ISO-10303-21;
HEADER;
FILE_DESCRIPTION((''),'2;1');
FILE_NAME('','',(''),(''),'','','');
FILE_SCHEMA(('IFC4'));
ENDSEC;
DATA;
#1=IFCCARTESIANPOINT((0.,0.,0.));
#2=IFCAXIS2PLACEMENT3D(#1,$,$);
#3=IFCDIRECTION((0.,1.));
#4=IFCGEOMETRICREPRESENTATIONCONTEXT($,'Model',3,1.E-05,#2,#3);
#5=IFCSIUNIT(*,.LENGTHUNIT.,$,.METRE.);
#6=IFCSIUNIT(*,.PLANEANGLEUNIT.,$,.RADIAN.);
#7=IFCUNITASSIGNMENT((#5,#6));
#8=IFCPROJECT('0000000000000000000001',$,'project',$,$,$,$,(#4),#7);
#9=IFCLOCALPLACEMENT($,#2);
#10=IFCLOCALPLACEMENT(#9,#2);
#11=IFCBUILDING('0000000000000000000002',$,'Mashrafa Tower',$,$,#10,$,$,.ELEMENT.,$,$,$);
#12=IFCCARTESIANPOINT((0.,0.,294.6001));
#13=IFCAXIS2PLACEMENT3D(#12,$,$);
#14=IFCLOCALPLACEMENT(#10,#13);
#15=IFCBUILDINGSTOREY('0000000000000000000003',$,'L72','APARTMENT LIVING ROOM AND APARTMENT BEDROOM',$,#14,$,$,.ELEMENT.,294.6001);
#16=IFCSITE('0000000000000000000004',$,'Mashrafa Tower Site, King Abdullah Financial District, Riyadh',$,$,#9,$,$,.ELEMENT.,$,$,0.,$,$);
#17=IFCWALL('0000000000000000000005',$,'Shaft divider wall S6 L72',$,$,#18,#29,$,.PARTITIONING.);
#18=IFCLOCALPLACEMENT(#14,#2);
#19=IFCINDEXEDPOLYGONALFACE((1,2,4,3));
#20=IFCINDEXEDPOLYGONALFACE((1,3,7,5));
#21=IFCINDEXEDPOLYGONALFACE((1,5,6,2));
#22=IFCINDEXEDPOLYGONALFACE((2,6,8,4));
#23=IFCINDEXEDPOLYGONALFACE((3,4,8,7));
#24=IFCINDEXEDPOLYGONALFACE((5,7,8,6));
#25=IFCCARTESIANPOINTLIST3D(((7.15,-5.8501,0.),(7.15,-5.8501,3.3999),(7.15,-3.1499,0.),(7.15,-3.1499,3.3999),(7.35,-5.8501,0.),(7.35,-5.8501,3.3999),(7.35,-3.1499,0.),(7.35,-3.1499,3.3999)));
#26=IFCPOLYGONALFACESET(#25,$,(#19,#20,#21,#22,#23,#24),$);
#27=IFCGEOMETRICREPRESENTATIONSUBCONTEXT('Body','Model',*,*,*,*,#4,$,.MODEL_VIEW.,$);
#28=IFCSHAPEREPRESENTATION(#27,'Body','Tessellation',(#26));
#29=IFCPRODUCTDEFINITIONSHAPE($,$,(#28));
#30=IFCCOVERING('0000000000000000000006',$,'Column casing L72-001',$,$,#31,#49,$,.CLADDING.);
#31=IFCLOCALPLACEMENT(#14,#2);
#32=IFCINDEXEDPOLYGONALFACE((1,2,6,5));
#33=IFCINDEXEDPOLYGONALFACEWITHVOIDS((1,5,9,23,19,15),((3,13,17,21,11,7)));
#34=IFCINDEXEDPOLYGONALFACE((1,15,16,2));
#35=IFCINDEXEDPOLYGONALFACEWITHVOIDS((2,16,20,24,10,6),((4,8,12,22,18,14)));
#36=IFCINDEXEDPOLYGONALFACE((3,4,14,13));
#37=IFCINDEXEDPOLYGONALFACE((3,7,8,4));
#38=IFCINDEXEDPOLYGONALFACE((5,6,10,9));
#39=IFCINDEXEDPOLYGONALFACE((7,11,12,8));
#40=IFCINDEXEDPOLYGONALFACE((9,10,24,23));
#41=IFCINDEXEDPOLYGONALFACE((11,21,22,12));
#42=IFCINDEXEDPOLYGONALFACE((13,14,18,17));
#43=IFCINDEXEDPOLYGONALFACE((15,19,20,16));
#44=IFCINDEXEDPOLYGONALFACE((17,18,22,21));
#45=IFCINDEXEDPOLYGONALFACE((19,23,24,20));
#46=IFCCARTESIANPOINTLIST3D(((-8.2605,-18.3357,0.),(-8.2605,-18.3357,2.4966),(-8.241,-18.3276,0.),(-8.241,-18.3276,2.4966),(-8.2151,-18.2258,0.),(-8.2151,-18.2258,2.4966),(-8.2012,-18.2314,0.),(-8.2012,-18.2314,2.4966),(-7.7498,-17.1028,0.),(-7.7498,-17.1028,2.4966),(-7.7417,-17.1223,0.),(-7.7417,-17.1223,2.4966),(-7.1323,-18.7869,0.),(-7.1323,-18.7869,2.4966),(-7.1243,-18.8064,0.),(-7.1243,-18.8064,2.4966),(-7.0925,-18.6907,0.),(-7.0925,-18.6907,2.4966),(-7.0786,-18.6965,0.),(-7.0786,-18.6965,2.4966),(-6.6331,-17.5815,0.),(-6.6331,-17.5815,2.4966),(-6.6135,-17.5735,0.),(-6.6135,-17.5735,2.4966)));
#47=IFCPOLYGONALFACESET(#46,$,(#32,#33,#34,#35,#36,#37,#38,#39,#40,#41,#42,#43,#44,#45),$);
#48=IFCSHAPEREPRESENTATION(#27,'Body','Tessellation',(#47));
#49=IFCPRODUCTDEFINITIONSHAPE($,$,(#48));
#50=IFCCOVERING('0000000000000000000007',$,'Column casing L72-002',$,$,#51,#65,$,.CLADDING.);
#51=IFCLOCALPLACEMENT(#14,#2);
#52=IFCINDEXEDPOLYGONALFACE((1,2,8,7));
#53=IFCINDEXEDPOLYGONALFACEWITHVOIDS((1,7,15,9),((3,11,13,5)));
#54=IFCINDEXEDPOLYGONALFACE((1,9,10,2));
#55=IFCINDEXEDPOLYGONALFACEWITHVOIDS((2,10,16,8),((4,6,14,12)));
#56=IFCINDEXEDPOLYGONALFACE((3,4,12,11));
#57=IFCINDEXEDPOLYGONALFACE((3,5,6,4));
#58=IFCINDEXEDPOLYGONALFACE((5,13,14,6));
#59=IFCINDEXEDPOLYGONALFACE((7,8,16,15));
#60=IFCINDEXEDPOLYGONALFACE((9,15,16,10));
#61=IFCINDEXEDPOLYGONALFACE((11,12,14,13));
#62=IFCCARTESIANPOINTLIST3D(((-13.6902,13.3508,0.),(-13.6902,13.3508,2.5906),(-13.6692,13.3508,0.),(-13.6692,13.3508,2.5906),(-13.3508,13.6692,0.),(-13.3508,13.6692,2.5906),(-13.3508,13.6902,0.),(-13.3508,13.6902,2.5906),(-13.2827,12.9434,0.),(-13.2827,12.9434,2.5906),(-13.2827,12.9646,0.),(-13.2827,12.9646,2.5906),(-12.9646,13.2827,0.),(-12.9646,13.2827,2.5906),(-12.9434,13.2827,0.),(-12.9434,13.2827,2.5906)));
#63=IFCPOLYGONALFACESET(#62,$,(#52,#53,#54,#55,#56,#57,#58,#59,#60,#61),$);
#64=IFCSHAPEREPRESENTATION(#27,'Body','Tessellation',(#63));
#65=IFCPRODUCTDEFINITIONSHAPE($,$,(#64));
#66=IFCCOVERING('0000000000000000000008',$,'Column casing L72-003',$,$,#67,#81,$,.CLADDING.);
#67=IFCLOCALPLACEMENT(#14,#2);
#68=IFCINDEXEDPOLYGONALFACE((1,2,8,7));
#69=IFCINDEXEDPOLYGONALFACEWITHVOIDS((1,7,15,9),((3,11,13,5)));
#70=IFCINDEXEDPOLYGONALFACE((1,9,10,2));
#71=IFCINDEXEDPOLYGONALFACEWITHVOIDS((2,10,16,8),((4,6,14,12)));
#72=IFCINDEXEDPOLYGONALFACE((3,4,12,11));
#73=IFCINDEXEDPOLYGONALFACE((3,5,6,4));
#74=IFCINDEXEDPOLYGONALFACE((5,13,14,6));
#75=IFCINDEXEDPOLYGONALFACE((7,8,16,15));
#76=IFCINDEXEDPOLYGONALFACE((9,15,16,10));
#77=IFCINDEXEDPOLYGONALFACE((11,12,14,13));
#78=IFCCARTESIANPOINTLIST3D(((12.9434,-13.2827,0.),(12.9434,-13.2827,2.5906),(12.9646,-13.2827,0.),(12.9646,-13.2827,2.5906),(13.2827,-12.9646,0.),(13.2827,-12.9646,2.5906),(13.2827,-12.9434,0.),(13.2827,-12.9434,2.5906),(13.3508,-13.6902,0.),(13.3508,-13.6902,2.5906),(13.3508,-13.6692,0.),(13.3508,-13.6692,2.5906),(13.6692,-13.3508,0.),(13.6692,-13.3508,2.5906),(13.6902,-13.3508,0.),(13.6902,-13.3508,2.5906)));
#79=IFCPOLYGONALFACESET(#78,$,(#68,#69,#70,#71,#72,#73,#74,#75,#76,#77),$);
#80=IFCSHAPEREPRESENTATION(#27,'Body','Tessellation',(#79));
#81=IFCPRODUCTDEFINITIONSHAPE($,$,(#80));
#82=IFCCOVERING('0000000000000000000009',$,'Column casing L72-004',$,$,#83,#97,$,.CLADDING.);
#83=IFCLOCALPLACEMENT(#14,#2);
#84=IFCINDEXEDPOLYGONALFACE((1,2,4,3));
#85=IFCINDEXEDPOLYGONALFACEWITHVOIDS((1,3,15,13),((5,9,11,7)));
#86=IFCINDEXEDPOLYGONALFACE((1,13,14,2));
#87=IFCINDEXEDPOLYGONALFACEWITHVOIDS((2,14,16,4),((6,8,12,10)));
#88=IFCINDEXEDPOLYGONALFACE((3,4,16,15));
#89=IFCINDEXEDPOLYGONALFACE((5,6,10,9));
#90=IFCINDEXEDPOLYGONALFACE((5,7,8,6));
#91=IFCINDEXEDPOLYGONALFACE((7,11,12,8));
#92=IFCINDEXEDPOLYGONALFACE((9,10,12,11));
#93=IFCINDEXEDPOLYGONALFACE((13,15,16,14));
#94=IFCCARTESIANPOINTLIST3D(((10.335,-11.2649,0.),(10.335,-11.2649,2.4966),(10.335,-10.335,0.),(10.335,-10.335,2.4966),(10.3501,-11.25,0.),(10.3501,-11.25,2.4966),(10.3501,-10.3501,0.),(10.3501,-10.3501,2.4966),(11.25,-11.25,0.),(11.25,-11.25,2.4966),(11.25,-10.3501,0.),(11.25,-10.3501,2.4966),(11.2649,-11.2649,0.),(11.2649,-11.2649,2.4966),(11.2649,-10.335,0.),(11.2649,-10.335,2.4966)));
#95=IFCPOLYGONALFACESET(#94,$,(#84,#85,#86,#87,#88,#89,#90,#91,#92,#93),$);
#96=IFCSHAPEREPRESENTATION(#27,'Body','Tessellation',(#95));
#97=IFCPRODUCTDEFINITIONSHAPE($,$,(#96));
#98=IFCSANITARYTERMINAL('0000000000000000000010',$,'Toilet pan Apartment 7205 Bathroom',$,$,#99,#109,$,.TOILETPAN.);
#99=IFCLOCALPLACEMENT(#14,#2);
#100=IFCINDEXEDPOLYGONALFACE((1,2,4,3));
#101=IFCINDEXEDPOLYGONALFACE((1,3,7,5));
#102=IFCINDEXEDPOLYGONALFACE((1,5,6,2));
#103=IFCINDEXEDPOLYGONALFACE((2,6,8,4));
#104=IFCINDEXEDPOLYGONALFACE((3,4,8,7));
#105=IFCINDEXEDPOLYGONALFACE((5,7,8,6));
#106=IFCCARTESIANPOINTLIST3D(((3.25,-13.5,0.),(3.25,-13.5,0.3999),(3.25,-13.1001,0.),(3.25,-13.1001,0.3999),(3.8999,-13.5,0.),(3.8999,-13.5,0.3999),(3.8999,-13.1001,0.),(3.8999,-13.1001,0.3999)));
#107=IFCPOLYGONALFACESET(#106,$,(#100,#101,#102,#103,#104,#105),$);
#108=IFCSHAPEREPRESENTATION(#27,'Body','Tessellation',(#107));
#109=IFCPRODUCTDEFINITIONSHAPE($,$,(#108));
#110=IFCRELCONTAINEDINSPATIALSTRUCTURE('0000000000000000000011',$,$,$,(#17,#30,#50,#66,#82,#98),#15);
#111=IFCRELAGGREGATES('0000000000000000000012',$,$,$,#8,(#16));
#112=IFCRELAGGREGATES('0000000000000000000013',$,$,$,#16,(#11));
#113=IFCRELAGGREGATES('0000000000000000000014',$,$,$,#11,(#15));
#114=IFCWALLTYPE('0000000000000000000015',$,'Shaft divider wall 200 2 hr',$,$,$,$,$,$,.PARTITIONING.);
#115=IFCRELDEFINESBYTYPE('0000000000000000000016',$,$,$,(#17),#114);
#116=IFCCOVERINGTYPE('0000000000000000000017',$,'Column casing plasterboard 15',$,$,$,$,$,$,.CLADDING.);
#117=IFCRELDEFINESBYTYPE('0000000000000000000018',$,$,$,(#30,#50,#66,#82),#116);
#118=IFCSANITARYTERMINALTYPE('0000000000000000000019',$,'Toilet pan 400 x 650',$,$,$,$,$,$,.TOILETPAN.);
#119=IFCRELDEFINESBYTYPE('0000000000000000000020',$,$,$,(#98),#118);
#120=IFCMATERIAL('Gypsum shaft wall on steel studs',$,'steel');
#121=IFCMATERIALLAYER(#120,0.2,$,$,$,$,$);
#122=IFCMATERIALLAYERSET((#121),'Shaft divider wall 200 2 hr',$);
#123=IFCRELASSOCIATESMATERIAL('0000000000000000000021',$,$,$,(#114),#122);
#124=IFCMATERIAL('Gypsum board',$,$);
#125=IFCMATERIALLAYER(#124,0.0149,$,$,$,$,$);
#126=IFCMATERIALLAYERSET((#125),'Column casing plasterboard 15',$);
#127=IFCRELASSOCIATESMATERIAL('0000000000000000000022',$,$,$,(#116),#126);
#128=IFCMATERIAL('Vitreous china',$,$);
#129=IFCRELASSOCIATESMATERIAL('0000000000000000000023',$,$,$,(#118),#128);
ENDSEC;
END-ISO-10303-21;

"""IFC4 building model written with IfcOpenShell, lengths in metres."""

from ifc_helpers import new_model, si_unit, direction, frame, frame_2d, origin, origin_2d, place, context, subcontext, project, spatial, polyline, rectangle, outline, extrude, material, layer, layer_set, type_object, element, save


model = new_model("IFC4")

# Units and contexts
model_context = context("Model", 3, precision=1e-05, world=origin(), true_north=direction((0.0, 1.0)))
body_context = subcontext(model_context, "Body", "Model", "MODEL_VIEW")
ifc_project = project(units=[si_unit("LENGTHUNIT", "METRE"), si_unit("PLANEANGLEUNIT", "RADIAN")], contexts=[model_context])

# Site, building, storey
site_placement = place(None, origin())
site = spatial("IfcSite", under=ifc_project, at=site_placement, Name="Mashrafa Tower Site, King Abdullah Financial District, Riyadh", CompositionType="ELEMENT", RefElevation=0.0)
building_placement = place(site_placement, origin())
building = spatial("IfcBuilding", under=site, at=building_placement, Name="Mashrafa Tower", CompositionType="ELEMENT")
storey_placement = place(building_placement, frame((0.0, 0.0, 294.6001)))
storey = spatial("IfcBuildingStorey", under=building, at=storey_placement, Name="L72", Description="APARTMENT LIVING ROOM AND APARTMENT BEDROOM", CompositionType="ELEMENT", Elevation=294.6001)

# Wall
ifc_material_1 = material(Name="Gypsum shaft wall on steel studs", Category="steel")
ifc_layer_1 = layer(ifc_material_1, 0.2)
ifc_layer_set_1 = layer_set([ifc_layer_1], Name="Shaft divider wall 200 2 hr")
wall_type_1 = type_object("IfcWallType", Name="Shaft divider wall 200 2 hr", PredefinedType="PARTITIONING", material=ifc_layer_set_1)
wall_1_placement = place(storey_placement, frame((7.25, -5.8501, 0.0), z_axis=(0.0, 0.0, 1.0), x_axis=(0.0, 1.0, 0.0)))
element("IfcWall", 1, at=wall_1_placement, inside=storey, type_object=wall_type_1, Name="Shaft divider wall S6 L72", PredefinedType="PARTITIONING", context=body_context, shape_type="SweptSolid", body=[
    extrude(rectangle(XDim=2.7002, YDim=0.2, at=frame_2d((1.3501, 0.0))), origin(), (0.0, 0.0, 1.0), 3.3999),
])

# Coverings
ifc_material_2 = material(Name="Gypsum board")
ifc_layer_2 = layer(ifc_material_2, 0.0149)
ifc_layer_set_2 = layer_set([ifc_layer_2], Name="Column casing plasterboard 15")
covering_type = type_object("IfcCoveringType", Name="Column casing plasterboard 15", PredefinedType="CLADDING", material=ifc_layer_set_2)
covering_1_placement = place(storey_placement, origin())
element("IfcCovering", 2, at=covering_1_placement, inside=storey, type_object=covering_type, Name="Column casing L72-001", PredefinedType="CLADDING", context=body_context, shape_type="SweptSolid", body=[
    extrude(outline(polyline([(-8.2605, -18.3357), (-8.2151, -18.2258), (-7.7498, -17.1028), (-6.6135, -17.5735), (-7.0786, -18.6965), (-7.1243, -18.8064), (-8.2605, -18.3357)]), holes=[polyline([(-7.0925, -18.6907), (-6.6331, -17.5815), (-7.7417, -17.1223), (-8.2012, -18.2314), (-8.241, -18.3276), (-7.1323, -18.7869), (-7.0925, -18.6907)])]), origin(), (0.0, 0.0, 1.0), 2.4966),
])
covering_2_placement = place(storey_placement, origin())
element("IfcCovering", 3, at=covering_2_placement, inside=storey, type_object=covering_type, Name="Column casing L72-002", PredefinedType="CLADDING", context=body_context, shape_type="SweptSolid", body=[
    extrude(outline(polyline([(-13.6902, 13.3508), (-13.3508, 13.6902), (-12.9434, 13.2827), (-13.2827, 12.9434), (-13.6902, 13.3508)]), holes=[polyline([(-12.9646, 13.2827), (-13.3508, 13.6692), (-13.6692, 13.3508), (-13.2827, 12.9646), (-12.9646, 13.2827)])]), origin(), (0.0, 0.0, 1.0), 2.5906),
])
covering_3_placement = place(storey_placement, origin())
element("IfcCovering", 4, at=covering_3_placement, inside=storey, type_object=covering_type, Name="Column casing L72-003", PredefinedType="CLADDING", context=body_context, shape_type="SweptSolid", body=[
    extrude(outline(polyline([(12.9434, -13.2827), (13.2827, -12.9434), (13.6902, -13.3508), (13.3508, -13.6902), (12.9434, -13.2827)]), holes=[polyline([(13.6692, -13.3508), (13.2827, -12.9646), (12.9646, -13.2827), (13.3508, -13.6692), (13.6692, -13.3508)])]), origin(), (0.0, 0.0, 1.0), 2.5906),
])
covering_4_placement = place(storey_placement, origin())
element("IfcCovering", 5, at=covering_4_placement, inside=storey, type_object=covering_type, Name="Column casing L72-004", PredefinedType="CLADDING", context=body_context, shape_type="SweptSolid", body=[
    extrude(outline(polyline([(10.335, -10.335), (11.2649, -10.335), (11.2649, -11.2649), (10.335, -11.2649), (10.335, -10.335)]), holes=[polyline([(11.25, -11.25), (11.25, -10.3501), (10.3501, -10.3501), (10.3501, -11.25), (11.25, -11.25)])]), origin(), (0.0, 0.0, 1.0), 2.4966),
])

# Sanitary terminal
ifc_material_3 = material(Name="Vitreous china")
sanitary_terminal_type = type_object("IfcSanitaryTerminalType", Name="Toilet pan 400 x 650", PredefinedType="TOILETPAN", material=ifc_material_3)
sanitary_terminal_placement = place(storey_placement, frame((3.575, -13.3, 0.0), z_axis=(0.0, 0.0, 1.0), x_axis=(0.0, -1.0, 0.0)))
element("IfcSanitaryTerminal", 6, at=sanitary_terminal_placement, inside=storey, type_object=sanitary_terminal_type, Name="Toilet pan Apartment 7205 Bathroom", PredefinedType="TOILETPAN", context=body_context, shape_type="SweptSolid", body=[
    extrude(rectangle(XDim=0.3999, YDim=0.6499, at=origin_2d()), origin(), (0.0, 0.0, 1.0), 0.3999),
])

save(model, "model.ifc")
